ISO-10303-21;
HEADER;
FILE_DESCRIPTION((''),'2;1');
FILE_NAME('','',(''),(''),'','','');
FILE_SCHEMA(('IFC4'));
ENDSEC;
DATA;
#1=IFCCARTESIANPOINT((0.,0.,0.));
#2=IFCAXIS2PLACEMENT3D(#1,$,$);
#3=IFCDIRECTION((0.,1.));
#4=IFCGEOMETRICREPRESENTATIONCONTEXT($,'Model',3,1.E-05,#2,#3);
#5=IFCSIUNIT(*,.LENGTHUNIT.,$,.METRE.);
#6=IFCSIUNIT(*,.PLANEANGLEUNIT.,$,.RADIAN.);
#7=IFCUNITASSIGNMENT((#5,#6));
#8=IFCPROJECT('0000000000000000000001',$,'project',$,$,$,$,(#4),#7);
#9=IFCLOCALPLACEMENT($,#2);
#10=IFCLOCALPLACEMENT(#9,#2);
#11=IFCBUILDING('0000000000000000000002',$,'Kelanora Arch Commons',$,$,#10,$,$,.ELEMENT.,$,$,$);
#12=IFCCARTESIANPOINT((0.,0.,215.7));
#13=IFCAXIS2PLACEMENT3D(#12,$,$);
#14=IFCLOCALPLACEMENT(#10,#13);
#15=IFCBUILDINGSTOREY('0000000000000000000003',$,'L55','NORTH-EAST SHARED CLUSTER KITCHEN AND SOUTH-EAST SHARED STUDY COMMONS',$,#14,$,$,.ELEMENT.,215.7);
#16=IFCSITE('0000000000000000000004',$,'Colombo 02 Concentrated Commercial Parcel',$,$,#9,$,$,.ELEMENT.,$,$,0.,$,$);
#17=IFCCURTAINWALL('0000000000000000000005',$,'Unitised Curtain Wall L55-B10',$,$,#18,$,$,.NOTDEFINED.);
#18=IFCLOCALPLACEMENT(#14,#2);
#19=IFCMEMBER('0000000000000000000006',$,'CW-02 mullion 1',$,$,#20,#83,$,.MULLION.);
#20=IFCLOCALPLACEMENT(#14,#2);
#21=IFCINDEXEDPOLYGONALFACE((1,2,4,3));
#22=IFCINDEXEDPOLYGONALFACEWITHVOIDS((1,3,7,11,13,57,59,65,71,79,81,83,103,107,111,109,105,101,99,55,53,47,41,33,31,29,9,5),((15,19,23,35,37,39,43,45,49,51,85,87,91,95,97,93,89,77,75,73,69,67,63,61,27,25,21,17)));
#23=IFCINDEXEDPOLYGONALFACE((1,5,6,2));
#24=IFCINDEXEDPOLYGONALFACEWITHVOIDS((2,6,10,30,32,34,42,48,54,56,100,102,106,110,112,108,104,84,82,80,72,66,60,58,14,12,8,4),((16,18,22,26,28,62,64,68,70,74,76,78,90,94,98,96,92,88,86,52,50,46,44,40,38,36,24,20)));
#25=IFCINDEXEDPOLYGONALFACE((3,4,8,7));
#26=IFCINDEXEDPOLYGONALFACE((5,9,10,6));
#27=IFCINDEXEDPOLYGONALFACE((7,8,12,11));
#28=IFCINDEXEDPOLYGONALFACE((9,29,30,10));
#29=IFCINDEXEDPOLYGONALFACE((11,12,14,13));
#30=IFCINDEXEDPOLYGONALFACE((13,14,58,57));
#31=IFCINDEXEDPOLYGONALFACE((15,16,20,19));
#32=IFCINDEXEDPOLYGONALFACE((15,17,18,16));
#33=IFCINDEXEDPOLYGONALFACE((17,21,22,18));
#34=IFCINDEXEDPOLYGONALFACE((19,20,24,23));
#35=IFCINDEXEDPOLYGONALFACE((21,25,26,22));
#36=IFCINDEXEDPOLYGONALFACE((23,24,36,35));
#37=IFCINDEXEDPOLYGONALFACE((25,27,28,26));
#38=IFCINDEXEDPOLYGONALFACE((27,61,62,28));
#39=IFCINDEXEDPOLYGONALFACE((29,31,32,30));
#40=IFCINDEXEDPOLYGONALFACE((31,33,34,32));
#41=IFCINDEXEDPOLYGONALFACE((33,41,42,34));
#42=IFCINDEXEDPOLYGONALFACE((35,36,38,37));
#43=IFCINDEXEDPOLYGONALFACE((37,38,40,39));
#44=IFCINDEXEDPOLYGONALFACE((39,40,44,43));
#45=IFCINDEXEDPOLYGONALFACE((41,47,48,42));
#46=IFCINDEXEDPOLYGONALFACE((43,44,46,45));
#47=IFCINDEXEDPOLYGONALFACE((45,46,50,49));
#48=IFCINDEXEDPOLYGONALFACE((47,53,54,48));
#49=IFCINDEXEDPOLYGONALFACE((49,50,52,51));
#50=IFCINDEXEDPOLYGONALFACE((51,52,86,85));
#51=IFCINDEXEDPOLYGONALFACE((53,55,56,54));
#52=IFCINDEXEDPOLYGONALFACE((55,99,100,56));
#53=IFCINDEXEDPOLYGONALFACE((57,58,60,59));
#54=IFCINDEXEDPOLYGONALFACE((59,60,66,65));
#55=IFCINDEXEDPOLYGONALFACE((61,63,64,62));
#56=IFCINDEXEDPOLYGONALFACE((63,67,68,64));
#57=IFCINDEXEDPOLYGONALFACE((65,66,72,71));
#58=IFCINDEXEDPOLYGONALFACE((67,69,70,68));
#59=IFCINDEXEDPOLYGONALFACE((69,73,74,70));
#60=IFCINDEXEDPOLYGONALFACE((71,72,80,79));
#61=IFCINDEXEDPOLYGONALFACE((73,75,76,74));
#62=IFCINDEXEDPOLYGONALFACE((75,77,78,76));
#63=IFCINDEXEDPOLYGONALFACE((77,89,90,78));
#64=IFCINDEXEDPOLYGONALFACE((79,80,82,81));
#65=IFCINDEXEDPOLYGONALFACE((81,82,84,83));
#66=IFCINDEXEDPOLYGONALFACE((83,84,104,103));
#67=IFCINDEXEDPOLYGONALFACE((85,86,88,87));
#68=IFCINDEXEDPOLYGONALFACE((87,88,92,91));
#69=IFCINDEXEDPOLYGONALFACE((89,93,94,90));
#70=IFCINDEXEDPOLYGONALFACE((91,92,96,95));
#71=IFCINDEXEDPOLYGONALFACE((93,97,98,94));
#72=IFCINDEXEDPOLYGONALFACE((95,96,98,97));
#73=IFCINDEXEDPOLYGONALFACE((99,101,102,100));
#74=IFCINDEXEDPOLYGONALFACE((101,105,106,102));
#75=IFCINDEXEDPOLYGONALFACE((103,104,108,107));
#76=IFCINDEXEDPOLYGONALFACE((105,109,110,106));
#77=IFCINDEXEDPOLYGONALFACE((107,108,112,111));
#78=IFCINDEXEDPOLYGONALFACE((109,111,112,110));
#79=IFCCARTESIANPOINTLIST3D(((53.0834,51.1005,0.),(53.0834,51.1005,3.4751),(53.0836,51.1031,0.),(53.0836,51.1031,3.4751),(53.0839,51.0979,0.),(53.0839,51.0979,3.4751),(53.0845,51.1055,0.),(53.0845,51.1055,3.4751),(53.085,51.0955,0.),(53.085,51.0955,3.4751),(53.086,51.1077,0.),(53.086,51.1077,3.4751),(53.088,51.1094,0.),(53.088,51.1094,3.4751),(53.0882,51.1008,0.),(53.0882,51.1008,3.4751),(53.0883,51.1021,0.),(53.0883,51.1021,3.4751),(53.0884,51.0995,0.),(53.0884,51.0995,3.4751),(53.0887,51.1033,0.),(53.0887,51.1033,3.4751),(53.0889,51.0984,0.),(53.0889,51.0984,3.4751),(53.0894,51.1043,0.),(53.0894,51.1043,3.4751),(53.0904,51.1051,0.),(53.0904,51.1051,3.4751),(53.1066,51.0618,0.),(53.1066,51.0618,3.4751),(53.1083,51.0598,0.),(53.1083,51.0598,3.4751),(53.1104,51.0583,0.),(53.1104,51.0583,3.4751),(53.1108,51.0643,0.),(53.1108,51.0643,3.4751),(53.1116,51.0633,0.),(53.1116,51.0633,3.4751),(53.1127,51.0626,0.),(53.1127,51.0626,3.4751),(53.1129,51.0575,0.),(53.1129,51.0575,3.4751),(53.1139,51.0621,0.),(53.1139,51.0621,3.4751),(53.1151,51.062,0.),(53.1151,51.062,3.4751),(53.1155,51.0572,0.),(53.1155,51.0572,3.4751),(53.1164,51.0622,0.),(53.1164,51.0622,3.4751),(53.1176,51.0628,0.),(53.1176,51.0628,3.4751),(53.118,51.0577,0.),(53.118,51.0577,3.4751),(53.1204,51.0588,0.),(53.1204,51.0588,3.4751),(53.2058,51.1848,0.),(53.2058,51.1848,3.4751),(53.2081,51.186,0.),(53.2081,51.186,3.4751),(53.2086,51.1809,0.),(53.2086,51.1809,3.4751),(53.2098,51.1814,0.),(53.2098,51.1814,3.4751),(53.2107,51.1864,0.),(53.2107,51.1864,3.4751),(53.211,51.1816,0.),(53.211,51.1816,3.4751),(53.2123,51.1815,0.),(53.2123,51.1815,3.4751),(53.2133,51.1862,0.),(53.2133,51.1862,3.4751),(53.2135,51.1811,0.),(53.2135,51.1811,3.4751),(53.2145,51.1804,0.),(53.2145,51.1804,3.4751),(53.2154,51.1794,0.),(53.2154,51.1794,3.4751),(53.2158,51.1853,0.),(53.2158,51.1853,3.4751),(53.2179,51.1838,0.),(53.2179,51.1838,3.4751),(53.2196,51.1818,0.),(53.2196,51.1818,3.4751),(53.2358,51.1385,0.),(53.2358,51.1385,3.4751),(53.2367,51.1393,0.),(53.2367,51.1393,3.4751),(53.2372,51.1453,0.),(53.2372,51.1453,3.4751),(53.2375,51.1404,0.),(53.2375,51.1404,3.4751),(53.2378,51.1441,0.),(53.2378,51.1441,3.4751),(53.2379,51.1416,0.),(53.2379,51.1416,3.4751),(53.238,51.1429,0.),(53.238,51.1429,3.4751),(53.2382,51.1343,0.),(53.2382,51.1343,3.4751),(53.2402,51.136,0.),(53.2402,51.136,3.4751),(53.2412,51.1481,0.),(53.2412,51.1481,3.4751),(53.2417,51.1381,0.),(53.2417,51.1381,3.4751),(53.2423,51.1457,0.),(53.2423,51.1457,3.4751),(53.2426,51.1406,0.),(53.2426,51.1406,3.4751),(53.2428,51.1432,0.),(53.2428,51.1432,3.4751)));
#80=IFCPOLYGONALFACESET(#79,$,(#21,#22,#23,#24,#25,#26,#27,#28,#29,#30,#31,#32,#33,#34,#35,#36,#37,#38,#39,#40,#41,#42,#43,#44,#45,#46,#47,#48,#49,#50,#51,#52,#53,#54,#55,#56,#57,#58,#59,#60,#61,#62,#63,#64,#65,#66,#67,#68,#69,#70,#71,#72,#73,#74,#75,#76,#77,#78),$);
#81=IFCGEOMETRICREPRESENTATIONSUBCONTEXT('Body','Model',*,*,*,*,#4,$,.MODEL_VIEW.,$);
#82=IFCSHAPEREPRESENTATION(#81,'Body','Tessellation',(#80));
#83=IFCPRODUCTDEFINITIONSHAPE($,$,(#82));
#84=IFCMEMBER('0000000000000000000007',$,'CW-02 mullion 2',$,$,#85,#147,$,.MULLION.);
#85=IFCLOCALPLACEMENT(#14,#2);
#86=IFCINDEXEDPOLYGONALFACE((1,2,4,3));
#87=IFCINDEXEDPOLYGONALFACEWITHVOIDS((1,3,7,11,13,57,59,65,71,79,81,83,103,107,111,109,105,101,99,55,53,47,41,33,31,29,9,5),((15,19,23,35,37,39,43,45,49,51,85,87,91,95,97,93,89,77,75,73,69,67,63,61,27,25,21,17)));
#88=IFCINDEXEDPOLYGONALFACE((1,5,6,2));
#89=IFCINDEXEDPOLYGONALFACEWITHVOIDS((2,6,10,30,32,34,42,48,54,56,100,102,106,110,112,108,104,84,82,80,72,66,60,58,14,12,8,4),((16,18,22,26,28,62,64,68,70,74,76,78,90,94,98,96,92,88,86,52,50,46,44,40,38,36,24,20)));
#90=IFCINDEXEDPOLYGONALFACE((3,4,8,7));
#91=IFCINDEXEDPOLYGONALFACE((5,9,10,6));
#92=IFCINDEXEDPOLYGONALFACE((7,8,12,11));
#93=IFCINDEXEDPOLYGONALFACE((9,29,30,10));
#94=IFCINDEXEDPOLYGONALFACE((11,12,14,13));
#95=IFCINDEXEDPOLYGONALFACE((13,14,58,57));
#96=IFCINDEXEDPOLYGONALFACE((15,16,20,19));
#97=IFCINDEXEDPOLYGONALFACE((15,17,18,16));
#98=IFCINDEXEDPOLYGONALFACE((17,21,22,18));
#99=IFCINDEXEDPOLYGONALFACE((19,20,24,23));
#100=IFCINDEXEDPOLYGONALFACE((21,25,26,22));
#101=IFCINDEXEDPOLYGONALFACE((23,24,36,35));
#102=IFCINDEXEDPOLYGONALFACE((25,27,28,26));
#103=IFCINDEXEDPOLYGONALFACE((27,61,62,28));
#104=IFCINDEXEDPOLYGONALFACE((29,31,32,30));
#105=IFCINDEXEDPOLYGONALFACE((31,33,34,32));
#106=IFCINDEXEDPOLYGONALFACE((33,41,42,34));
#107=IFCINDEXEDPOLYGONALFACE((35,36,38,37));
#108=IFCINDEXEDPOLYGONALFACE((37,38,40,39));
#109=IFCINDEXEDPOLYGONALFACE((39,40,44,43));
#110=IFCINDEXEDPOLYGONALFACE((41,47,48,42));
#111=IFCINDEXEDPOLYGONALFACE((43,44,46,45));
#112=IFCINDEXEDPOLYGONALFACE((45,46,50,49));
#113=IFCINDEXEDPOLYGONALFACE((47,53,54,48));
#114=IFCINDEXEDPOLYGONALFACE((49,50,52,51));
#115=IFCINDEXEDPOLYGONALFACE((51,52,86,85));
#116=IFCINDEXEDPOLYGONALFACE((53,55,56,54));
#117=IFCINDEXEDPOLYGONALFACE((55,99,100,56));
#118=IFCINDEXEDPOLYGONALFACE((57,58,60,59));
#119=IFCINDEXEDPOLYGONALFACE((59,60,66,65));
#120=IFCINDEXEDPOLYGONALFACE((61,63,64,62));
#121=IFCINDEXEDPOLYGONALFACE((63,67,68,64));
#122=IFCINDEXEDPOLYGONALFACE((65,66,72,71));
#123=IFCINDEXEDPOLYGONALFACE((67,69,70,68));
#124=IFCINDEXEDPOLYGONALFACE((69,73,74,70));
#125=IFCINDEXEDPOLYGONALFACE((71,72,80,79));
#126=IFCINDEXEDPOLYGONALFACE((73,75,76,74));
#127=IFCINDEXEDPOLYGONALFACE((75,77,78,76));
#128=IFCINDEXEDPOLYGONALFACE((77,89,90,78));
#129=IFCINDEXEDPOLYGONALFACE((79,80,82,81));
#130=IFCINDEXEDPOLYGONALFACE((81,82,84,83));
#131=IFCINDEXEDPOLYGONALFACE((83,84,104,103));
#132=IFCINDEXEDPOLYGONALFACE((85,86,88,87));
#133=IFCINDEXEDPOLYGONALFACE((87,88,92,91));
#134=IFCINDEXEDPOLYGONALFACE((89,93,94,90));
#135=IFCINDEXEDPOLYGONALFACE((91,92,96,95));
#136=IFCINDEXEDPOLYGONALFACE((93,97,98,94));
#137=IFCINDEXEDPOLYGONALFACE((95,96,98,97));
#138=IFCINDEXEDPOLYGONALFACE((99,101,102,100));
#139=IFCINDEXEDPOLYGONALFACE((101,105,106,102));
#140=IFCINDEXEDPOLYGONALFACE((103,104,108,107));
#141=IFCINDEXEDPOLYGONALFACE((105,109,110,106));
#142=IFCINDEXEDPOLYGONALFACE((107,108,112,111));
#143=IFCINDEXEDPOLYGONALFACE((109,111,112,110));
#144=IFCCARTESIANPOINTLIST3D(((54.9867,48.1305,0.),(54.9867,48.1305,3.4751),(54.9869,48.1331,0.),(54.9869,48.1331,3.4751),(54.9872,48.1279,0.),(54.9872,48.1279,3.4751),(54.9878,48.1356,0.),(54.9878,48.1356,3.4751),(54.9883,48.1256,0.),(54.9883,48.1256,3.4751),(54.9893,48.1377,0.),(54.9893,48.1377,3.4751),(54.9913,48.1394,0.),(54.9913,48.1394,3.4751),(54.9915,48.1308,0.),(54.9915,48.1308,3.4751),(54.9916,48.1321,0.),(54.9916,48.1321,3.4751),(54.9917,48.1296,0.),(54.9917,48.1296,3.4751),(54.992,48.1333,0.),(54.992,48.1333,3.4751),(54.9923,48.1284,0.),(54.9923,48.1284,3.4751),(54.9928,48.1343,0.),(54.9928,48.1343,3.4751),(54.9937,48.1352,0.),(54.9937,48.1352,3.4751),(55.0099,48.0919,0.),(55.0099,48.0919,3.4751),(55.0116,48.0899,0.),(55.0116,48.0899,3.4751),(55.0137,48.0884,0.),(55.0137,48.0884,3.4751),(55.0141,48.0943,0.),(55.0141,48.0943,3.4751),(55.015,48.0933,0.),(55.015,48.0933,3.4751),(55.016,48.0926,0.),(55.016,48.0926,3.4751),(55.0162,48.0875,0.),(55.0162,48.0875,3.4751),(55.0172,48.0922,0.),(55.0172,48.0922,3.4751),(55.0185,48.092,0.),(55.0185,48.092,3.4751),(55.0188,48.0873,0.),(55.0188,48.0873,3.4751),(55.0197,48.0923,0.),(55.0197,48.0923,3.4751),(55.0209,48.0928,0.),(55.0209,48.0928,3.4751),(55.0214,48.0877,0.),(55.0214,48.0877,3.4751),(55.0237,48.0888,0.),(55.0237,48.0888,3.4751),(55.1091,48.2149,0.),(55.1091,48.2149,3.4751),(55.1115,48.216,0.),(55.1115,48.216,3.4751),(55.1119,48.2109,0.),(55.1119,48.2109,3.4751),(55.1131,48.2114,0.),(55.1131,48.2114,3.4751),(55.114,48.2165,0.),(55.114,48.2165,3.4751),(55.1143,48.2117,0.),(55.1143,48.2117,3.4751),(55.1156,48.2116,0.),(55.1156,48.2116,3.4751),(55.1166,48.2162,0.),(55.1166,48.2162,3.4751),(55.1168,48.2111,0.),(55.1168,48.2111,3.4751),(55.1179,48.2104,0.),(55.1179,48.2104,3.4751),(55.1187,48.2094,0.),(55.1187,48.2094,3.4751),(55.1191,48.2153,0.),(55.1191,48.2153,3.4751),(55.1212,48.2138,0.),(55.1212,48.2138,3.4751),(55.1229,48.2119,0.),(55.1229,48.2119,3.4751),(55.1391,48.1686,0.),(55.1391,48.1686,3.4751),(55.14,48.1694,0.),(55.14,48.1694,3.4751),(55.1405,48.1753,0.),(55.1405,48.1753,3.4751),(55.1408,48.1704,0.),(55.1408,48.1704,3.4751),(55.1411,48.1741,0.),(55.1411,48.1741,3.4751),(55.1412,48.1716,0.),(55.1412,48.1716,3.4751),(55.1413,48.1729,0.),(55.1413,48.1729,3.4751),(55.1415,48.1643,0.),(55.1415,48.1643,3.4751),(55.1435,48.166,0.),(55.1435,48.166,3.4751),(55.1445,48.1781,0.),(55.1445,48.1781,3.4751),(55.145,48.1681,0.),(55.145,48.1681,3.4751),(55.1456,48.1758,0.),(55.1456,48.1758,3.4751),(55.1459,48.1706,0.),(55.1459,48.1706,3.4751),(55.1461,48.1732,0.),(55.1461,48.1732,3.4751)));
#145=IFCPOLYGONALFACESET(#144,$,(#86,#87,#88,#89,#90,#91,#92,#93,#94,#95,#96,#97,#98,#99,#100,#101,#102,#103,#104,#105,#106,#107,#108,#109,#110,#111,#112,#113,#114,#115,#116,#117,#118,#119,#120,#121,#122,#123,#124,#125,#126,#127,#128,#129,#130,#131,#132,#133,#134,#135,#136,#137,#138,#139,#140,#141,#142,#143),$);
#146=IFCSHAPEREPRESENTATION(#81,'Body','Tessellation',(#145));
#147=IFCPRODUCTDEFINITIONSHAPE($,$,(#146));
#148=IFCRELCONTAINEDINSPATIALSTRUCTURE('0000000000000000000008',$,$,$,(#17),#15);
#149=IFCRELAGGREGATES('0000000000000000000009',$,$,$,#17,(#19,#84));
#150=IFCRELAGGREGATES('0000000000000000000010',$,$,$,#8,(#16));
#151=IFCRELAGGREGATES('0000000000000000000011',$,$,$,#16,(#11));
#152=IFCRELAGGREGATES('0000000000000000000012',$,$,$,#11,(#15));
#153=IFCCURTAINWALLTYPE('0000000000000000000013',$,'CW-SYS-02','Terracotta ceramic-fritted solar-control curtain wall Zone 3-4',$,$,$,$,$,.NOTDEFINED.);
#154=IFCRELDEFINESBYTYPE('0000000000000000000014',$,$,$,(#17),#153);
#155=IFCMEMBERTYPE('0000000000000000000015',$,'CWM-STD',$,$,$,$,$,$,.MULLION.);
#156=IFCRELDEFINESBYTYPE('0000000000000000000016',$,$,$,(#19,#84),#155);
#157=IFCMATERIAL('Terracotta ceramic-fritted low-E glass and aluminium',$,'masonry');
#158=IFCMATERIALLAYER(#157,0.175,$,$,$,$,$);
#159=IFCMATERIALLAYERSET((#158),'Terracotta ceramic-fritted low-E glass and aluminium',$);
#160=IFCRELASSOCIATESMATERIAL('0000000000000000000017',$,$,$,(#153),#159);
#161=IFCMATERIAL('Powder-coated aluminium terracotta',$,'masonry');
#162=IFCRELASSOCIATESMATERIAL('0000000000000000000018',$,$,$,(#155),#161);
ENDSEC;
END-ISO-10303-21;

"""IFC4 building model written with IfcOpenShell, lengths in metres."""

from ifc_helpers import new_model, si_unit, direction, frame, origin, origin_2d, place, context, subcontext, project, spatial, hollow_rectangle, extrude, material, layer, layer_set, material_profile, profile_set, type_object, element, aggregate, save


model = new_model("IFC4")

# Units and contexts
model_context = context("Model", 3, precision=1e-05, world=origin(), true_north=direction((0.0, 1.0)))
body_context = subcontext(model_context, "Body", "Model", "MODEL_VIEW")
ifc_project = project(units=[si_unit("LENGTHUNIT", "METRE"), si_unit("PLANEANGLEUNIT", "RADIAN")], contexts=[model_context])

# Site, building, storey
site_placement = place(None, origin())
site = spatial("IfcSite", under=ifc_project, at=site_placement, Name="Colombo 02 Concentrated Commercial Parcel", CompositionType="ELEMENT", RefElevation=0.0)
building_placement = place(site_placement, origin())
building = spatial("IfcBuilding", under=site, at=building_placement, Name="Kelanora Arch Commons", CompositionType="ELEMENT")
storey_placement = place(building_placement, frame((0.0, 0.0, 215.7)))
storey = spatial("IfcBuildingStorey", under=building, at=storey_placement, Name="L55", Description="NORTH-EAST SHARED CLUSTER KITCHEN AND SOUTH-EAST SHARED STUDY COMMONS", CompositionType="ELEMENT", Elevation=215.7)

# Curtain wall, members
ifc_material_1 = material(Name="Terracotta ceramic-fritted low-E glass and aluminium", Category="masonry")
ifc_layer_1 = layer(ifc_material_1, 0.175)
ifc_layer_set_1 = layer_set([ifc_layer_1], Name="Terracotta ceramic-fritted low-E glass and aluminium")
curtain_wall_type = type_object("IfcCurtainWallType", Name="CW-SYS-02", Description="Terracotta ceramic-fritted solar-control curtain wall Zone 3-4", PredefinedType="NOTDEFINED", material=ifc_layer_set_1)
curtain_wall_placement = place(storey_placement, origin())
curtain_wall = element("IfcCurtainWall", 1, at=curtain_wall_placement, inside=storey, type_object=curtain_wall_type, Name="Unitised Curtain Wall L55-B10", PredefinedType="NOTDEFINED")
ifc_material_2 = material(Name="Powder-coated aluminium terracotta", Category="masonry")
ifc_material_profile_1 = material_profile(ifc_material_2, hollow_rectangle(XDim=0.1599, YDim=0.0601, WallThickness=0.0049, InnerFilletRadius=0.0049, OuterFilletRadius=0.01, at=origin_2d()), Name="CWM160x60")
ifc_profile_set_1 = profile_set([ifc_material_profile_1], Name="Powder-coated aluminium terracotta")
member_type_1 = type_object("IfcMemberType", Name="CWM-STD", PredefinedType="MULLION", material=ifc_profile_set_1)
member_1_placement = place(storey_placement, frame((53.1631, 51.1218, 0.0), z_axis=(0.0, 0.0, 1.0), x_axis=(0.841948, 0.539559, 0.0)))
member_1 = element("IfcMember", 2, at=member_1_placement, type_object=member_type_1, Name="CW-02 mullion 1", PredefinedType="MULLION", context=body_context, shape_type="SweptSolid", body=[
    extrude(hollow_rectangle(XDim=0.1599, YDim=0.0601, WallThickness=0.0049, InnerFilletRadius=0.0049, OuterFilletRadius=0.01, at=origin_2d()), origin(), (0.0, 0.0, 1.0), 3.4751),
])
member_2_placement = place(storey_placement, frame((55.0664, 48.1519, 0.0), z_axis=(0.0, 0.0, 1.0), x_axis=(0.841948, 0.539559, 0.0)))
member_2 = element("IfcMember", 3, at=member_2_placement, type_object=member_type_1, Name="CW-02 mullion 2", PredefinedType="MULLION", context=body_context, shape_type="SweptSolid", body=[
    extrude(hollow_rectangle(XDim=0.1599, YDim=0.0601, WallThickness=0.0049, InnerFilletRadius=0.0049, OuterFilletRadius=0.01, at=origin_2d()), origin(), (0.0, 0.0, 1.0), 3.4751),
])

aggregate(curtain_wall, [member_1, member_2])

save(model, "model.ifc")
